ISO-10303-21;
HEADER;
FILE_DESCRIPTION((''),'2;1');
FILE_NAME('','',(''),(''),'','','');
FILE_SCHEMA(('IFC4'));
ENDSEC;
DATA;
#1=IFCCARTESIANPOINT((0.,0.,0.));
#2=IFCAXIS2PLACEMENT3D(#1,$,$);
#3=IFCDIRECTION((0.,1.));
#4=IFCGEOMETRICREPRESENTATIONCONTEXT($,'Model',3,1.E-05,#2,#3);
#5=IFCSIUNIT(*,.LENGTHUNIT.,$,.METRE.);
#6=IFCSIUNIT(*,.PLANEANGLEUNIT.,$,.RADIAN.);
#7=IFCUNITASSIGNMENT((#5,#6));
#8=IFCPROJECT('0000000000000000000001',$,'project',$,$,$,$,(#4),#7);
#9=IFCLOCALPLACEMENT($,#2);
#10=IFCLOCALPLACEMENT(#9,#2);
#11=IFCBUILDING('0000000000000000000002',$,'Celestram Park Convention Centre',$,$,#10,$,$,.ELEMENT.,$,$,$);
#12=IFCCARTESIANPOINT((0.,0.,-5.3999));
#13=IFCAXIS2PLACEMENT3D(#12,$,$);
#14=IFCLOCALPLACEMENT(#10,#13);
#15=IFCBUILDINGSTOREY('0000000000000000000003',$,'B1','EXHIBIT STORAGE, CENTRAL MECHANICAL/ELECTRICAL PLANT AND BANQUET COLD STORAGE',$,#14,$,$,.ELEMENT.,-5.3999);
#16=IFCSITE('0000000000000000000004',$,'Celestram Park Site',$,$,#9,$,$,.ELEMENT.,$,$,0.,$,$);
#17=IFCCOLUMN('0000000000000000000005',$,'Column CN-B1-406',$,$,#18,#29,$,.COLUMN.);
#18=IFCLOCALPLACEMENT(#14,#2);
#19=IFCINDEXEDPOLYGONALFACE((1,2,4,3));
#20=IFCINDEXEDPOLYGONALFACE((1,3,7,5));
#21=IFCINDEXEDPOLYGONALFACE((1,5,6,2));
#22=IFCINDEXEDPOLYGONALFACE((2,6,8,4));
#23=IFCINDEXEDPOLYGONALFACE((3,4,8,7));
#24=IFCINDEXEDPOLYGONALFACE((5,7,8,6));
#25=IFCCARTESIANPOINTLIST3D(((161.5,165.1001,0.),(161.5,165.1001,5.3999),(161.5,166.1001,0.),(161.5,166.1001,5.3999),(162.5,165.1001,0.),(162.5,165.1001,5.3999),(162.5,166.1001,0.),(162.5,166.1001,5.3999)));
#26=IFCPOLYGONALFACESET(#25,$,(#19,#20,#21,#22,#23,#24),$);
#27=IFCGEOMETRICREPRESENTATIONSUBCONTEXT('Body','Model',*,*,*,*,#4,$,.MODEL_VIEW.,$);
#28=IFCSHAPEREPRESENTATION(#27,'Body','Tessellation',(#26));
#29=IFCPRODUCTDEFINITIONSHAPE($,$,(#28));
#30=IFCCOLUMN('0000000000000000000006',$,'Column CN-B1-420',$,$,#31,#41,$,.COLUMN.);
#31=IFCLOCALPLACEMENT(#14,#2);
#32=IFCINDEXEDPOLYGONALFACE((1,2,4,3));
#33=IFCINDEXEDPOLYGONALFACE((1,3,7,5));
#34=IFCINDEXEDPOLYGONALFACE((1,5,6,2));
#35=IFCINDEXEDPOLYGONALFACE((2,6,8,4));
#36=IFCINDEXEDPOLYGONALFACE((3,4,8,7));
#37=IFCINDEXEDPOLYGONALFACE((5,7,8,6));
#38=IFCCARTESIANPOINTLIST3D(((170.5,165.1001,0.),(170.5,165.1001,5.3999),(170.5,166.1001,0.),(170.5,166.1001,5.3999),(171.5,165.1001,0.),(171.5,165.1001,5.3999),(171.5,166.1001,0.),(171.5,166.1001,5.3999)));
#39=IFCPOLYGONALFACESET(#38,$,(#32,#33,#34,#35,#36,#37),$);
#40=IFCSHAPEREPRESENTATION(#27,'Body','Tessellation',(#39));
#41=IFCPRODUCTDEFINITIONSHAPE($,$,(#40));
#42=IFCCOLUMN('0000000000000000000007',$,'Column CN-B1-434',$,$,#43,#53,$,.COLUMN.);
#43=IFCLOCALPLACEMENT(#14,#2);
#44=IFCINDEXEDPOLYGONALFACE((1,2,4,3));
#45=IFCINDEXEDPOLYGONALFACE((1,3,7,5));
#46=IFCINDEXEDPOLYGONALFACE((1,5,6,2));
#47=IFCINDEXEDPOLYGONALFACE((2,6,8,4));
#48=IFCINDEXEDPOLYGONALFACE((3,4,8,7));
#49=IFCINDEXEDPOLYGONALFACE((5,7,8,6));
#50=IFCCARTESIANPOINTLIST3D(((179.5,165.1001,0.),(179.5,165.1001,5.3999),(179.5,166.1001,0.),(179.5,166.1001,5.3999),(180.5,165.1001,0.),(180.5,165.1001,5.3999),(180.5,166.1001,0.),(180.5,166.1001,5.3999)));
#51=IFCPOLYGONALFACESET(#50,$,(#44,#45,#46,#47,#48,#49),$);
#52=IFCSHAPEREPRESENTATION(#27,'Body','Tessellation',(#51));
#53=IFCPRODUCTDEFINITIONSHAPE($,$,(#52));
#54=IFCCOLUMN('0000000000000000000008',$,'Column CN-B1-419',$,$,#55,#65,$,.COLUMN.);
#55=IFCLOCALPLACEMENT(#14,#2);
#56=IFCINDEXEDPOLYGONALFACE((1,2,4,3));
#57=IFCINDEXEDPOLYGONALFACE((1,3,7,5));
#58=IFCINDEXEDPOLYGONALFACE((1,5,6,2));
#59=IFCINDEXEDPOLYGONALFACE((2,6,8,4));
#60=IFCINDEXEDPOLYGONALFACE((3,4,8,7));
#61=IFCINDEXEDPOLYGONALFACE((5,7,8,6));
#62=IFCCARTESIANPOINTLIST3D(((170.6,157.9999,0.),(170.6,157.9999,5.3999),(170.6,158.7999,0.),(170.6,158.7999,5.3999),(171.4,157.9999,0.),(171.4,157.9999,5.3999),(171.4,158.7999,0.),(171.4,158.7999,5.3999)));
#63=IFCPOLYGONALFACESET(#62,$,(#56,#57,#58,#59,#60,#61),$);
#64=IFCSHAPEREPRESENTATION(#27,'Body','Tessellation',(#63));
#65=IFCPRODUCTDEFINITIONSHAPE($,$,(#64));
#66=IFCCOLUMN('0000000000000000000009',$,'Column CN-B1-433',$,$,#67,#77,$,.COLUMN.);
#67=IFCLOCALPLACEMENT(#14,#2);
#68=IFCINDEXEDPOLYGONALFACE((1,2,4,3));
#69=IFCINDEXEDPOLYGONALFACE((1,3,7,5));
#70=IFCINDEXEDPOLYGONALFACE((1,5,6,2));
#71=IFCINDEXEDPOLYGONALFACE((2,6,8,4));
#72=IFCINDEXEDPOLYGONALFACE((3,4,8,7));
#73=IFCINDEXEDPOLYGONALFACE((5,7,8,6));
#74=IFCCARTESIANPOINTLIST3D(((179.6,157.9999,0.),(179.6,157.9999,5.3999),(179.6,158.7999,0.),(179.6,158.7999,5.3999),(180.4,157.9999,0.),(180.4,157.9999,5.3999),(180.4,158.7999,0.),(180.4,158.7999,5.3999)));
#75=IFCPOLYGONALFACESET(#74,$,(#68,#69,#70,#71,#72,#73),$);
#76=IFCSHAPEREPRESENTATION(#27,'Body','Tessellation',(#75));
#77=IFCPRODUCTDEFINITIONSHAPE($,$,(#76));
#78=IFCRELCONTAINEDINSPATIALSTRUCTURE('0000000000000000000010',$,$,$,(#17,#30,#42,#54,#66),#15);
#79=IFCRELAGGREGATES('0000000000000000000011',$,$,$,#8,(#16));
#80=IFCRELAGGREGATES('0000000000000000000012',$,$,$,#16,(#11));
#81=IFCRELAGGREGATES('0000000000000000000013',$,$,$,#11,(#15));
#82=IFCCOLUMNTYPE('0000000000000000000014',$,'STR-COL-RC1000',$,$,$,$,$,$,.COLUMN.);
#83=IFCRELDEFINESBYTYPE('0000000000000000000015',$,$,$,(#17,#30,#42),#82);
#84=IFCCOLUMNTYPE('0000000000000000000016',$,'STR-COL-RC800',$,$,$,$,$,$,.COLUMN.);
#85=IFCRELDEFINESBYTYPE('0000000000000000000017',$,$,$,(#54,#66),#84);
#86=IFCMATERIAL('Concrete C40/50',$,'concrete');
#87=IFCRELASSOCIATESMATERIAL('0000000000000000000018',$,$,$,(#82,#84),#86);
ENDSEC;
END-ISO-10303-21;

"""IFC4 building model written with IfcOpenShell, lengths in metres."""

from ifc_helpers import new_model, si_unit, direction, frame, origin, origin_2d, place, context, subcontext, project, spatial, rectangle, extrude, material, material_profile, profile_set, type_object, element, save


model = new_model("IFC4")

# Units and contexts
model_context = context("Model", 3, precision=1e-05, world=origin(), true_north=direction((0.0, 1.0)))
body_context = subcontext(model_context, "Body", "Model", "MODEL_VIEW")
ifc_project = project(units=[si_unit("LENGTHUNIT", "METRE"), si_unit("PLANEANGLEUNIT", "RADIAN")], contexts=[model_context])

# Site, building, storey
site_placement = place(None, origin())
site = spatial("IfcSite", under=ifc_project, at=site_placement, Name="Celestram Park Site", CompositionType="ELEMENT", RefElevation=0.0)
building_placement = place(site_placement, origin())
building = spatial("IfcBuilding", under=site, at=building_placement, Name="Celestram Park Convention Centre", CompositionType="ELEMENT")
storey_placement = place(building_placement, frame((0.0, 0.0, -5.3999)))
storey = spatial("IfcBuildingStorey", under=building, at=storey_placement, Name="B1", Description="EXHIBIT STORAGE, CENTRAL MECHANICAL/ELECTRICAL PLANT AND BANQUET COLD STORAGE", CompositionType="ELEMENT", Elevation=-5.3999)

# Shared definitions
ifc_material_1 = material(Name="Concrete C40/50", Category="concrete")

# Columns
ifc_material_profile_1 = material_profile(ifc_material_1, rectangle(XDim=1.0, YDim=1.0, at=origin_2d()), Name="RC1000X1000")
ifc_profile_set_1 = profile_set([ifc_material_profile_1], Name="Concrete C40/50")
column_type_1 = type_object("IfcColumnType", Name="STR-COL-RC1000", PredefinedType="COLUMN", material=ifc_profile_set_1)
for number, where, z_axis, x_axis, name in (
    (1, (162.0, 165.6001, 0.0), (0.0, 0.0, 1.0), (1.0, 0.0, 0.0), "Column CN-B1-406"),
    (2, (171.0, 165.6001, 0.0), (0.0, 0.0, 1.0), (1.0, 0.0, 0.0), "Column CN-B1-420"),
    (3, (180.0, 165.6001, 0.0), (0.0, 0.0, 1.0), (1.0, 0.0, 0.0), "Column CN-B1-434"),
):
    element("IfcColumn", number, at=place(storey_placement, frame(where, z_axis=z_axis, x_axis=x_axis)), inside=storey, type_object=column_type_1, Name=name, PredefinedType="COLUMN", context=body_context, shape_type="SweptSolid", body=[
        extrude(rectangle(XDim=1.0, YDim=1.0, at=origin_2d()), origin(), (0.0, 0.0, 1.0), 5.3999),
    ])
ifc_material_profile_2 = material_profile(ifc_material_1, rectangle(XDim=0.8, YDim=0.8, at=origin_2d()), Name="RC800X800")
ifc_profile_set_2 = profile_set([ifc_material_profile_2], Name="Concrete C40/50")
column_type_2 = type_object("IfcColumnType", Name="STR-COL-RC800", PredefinedType="COLUMN", material=ifc_profile_set_2)
for number, where, z_axis, x_axis, name in (
    (4, (171.0, 158.3999, 0.0), (0.0, 0.0, 1.0), (1.0, 0.0, 0.0), "Column CN-B1-419"),
    (5, (180.0, 158.3999, 0.0), (0.0, 0.0, 1.0), (1.0, 0.0, 0.0), "Column CN-B1-433"),
):
    element("IfcColumn", number, at=place(storey_placement, frame(where, z_axis=z_axis, x_axis=x_axis)), inside=storey, type_object=column_type_2, Name=name, PredefinedType="COLUMN", context=body_context, shape_type="SweptSolid", body=[
        extrude(rectangle(XDim=0.8, YDim=0.8, at=origin_2d()), origin(), (0.0, 0.0, 1.0), 5.3999),
    ])

save(model, "model.ifc")
